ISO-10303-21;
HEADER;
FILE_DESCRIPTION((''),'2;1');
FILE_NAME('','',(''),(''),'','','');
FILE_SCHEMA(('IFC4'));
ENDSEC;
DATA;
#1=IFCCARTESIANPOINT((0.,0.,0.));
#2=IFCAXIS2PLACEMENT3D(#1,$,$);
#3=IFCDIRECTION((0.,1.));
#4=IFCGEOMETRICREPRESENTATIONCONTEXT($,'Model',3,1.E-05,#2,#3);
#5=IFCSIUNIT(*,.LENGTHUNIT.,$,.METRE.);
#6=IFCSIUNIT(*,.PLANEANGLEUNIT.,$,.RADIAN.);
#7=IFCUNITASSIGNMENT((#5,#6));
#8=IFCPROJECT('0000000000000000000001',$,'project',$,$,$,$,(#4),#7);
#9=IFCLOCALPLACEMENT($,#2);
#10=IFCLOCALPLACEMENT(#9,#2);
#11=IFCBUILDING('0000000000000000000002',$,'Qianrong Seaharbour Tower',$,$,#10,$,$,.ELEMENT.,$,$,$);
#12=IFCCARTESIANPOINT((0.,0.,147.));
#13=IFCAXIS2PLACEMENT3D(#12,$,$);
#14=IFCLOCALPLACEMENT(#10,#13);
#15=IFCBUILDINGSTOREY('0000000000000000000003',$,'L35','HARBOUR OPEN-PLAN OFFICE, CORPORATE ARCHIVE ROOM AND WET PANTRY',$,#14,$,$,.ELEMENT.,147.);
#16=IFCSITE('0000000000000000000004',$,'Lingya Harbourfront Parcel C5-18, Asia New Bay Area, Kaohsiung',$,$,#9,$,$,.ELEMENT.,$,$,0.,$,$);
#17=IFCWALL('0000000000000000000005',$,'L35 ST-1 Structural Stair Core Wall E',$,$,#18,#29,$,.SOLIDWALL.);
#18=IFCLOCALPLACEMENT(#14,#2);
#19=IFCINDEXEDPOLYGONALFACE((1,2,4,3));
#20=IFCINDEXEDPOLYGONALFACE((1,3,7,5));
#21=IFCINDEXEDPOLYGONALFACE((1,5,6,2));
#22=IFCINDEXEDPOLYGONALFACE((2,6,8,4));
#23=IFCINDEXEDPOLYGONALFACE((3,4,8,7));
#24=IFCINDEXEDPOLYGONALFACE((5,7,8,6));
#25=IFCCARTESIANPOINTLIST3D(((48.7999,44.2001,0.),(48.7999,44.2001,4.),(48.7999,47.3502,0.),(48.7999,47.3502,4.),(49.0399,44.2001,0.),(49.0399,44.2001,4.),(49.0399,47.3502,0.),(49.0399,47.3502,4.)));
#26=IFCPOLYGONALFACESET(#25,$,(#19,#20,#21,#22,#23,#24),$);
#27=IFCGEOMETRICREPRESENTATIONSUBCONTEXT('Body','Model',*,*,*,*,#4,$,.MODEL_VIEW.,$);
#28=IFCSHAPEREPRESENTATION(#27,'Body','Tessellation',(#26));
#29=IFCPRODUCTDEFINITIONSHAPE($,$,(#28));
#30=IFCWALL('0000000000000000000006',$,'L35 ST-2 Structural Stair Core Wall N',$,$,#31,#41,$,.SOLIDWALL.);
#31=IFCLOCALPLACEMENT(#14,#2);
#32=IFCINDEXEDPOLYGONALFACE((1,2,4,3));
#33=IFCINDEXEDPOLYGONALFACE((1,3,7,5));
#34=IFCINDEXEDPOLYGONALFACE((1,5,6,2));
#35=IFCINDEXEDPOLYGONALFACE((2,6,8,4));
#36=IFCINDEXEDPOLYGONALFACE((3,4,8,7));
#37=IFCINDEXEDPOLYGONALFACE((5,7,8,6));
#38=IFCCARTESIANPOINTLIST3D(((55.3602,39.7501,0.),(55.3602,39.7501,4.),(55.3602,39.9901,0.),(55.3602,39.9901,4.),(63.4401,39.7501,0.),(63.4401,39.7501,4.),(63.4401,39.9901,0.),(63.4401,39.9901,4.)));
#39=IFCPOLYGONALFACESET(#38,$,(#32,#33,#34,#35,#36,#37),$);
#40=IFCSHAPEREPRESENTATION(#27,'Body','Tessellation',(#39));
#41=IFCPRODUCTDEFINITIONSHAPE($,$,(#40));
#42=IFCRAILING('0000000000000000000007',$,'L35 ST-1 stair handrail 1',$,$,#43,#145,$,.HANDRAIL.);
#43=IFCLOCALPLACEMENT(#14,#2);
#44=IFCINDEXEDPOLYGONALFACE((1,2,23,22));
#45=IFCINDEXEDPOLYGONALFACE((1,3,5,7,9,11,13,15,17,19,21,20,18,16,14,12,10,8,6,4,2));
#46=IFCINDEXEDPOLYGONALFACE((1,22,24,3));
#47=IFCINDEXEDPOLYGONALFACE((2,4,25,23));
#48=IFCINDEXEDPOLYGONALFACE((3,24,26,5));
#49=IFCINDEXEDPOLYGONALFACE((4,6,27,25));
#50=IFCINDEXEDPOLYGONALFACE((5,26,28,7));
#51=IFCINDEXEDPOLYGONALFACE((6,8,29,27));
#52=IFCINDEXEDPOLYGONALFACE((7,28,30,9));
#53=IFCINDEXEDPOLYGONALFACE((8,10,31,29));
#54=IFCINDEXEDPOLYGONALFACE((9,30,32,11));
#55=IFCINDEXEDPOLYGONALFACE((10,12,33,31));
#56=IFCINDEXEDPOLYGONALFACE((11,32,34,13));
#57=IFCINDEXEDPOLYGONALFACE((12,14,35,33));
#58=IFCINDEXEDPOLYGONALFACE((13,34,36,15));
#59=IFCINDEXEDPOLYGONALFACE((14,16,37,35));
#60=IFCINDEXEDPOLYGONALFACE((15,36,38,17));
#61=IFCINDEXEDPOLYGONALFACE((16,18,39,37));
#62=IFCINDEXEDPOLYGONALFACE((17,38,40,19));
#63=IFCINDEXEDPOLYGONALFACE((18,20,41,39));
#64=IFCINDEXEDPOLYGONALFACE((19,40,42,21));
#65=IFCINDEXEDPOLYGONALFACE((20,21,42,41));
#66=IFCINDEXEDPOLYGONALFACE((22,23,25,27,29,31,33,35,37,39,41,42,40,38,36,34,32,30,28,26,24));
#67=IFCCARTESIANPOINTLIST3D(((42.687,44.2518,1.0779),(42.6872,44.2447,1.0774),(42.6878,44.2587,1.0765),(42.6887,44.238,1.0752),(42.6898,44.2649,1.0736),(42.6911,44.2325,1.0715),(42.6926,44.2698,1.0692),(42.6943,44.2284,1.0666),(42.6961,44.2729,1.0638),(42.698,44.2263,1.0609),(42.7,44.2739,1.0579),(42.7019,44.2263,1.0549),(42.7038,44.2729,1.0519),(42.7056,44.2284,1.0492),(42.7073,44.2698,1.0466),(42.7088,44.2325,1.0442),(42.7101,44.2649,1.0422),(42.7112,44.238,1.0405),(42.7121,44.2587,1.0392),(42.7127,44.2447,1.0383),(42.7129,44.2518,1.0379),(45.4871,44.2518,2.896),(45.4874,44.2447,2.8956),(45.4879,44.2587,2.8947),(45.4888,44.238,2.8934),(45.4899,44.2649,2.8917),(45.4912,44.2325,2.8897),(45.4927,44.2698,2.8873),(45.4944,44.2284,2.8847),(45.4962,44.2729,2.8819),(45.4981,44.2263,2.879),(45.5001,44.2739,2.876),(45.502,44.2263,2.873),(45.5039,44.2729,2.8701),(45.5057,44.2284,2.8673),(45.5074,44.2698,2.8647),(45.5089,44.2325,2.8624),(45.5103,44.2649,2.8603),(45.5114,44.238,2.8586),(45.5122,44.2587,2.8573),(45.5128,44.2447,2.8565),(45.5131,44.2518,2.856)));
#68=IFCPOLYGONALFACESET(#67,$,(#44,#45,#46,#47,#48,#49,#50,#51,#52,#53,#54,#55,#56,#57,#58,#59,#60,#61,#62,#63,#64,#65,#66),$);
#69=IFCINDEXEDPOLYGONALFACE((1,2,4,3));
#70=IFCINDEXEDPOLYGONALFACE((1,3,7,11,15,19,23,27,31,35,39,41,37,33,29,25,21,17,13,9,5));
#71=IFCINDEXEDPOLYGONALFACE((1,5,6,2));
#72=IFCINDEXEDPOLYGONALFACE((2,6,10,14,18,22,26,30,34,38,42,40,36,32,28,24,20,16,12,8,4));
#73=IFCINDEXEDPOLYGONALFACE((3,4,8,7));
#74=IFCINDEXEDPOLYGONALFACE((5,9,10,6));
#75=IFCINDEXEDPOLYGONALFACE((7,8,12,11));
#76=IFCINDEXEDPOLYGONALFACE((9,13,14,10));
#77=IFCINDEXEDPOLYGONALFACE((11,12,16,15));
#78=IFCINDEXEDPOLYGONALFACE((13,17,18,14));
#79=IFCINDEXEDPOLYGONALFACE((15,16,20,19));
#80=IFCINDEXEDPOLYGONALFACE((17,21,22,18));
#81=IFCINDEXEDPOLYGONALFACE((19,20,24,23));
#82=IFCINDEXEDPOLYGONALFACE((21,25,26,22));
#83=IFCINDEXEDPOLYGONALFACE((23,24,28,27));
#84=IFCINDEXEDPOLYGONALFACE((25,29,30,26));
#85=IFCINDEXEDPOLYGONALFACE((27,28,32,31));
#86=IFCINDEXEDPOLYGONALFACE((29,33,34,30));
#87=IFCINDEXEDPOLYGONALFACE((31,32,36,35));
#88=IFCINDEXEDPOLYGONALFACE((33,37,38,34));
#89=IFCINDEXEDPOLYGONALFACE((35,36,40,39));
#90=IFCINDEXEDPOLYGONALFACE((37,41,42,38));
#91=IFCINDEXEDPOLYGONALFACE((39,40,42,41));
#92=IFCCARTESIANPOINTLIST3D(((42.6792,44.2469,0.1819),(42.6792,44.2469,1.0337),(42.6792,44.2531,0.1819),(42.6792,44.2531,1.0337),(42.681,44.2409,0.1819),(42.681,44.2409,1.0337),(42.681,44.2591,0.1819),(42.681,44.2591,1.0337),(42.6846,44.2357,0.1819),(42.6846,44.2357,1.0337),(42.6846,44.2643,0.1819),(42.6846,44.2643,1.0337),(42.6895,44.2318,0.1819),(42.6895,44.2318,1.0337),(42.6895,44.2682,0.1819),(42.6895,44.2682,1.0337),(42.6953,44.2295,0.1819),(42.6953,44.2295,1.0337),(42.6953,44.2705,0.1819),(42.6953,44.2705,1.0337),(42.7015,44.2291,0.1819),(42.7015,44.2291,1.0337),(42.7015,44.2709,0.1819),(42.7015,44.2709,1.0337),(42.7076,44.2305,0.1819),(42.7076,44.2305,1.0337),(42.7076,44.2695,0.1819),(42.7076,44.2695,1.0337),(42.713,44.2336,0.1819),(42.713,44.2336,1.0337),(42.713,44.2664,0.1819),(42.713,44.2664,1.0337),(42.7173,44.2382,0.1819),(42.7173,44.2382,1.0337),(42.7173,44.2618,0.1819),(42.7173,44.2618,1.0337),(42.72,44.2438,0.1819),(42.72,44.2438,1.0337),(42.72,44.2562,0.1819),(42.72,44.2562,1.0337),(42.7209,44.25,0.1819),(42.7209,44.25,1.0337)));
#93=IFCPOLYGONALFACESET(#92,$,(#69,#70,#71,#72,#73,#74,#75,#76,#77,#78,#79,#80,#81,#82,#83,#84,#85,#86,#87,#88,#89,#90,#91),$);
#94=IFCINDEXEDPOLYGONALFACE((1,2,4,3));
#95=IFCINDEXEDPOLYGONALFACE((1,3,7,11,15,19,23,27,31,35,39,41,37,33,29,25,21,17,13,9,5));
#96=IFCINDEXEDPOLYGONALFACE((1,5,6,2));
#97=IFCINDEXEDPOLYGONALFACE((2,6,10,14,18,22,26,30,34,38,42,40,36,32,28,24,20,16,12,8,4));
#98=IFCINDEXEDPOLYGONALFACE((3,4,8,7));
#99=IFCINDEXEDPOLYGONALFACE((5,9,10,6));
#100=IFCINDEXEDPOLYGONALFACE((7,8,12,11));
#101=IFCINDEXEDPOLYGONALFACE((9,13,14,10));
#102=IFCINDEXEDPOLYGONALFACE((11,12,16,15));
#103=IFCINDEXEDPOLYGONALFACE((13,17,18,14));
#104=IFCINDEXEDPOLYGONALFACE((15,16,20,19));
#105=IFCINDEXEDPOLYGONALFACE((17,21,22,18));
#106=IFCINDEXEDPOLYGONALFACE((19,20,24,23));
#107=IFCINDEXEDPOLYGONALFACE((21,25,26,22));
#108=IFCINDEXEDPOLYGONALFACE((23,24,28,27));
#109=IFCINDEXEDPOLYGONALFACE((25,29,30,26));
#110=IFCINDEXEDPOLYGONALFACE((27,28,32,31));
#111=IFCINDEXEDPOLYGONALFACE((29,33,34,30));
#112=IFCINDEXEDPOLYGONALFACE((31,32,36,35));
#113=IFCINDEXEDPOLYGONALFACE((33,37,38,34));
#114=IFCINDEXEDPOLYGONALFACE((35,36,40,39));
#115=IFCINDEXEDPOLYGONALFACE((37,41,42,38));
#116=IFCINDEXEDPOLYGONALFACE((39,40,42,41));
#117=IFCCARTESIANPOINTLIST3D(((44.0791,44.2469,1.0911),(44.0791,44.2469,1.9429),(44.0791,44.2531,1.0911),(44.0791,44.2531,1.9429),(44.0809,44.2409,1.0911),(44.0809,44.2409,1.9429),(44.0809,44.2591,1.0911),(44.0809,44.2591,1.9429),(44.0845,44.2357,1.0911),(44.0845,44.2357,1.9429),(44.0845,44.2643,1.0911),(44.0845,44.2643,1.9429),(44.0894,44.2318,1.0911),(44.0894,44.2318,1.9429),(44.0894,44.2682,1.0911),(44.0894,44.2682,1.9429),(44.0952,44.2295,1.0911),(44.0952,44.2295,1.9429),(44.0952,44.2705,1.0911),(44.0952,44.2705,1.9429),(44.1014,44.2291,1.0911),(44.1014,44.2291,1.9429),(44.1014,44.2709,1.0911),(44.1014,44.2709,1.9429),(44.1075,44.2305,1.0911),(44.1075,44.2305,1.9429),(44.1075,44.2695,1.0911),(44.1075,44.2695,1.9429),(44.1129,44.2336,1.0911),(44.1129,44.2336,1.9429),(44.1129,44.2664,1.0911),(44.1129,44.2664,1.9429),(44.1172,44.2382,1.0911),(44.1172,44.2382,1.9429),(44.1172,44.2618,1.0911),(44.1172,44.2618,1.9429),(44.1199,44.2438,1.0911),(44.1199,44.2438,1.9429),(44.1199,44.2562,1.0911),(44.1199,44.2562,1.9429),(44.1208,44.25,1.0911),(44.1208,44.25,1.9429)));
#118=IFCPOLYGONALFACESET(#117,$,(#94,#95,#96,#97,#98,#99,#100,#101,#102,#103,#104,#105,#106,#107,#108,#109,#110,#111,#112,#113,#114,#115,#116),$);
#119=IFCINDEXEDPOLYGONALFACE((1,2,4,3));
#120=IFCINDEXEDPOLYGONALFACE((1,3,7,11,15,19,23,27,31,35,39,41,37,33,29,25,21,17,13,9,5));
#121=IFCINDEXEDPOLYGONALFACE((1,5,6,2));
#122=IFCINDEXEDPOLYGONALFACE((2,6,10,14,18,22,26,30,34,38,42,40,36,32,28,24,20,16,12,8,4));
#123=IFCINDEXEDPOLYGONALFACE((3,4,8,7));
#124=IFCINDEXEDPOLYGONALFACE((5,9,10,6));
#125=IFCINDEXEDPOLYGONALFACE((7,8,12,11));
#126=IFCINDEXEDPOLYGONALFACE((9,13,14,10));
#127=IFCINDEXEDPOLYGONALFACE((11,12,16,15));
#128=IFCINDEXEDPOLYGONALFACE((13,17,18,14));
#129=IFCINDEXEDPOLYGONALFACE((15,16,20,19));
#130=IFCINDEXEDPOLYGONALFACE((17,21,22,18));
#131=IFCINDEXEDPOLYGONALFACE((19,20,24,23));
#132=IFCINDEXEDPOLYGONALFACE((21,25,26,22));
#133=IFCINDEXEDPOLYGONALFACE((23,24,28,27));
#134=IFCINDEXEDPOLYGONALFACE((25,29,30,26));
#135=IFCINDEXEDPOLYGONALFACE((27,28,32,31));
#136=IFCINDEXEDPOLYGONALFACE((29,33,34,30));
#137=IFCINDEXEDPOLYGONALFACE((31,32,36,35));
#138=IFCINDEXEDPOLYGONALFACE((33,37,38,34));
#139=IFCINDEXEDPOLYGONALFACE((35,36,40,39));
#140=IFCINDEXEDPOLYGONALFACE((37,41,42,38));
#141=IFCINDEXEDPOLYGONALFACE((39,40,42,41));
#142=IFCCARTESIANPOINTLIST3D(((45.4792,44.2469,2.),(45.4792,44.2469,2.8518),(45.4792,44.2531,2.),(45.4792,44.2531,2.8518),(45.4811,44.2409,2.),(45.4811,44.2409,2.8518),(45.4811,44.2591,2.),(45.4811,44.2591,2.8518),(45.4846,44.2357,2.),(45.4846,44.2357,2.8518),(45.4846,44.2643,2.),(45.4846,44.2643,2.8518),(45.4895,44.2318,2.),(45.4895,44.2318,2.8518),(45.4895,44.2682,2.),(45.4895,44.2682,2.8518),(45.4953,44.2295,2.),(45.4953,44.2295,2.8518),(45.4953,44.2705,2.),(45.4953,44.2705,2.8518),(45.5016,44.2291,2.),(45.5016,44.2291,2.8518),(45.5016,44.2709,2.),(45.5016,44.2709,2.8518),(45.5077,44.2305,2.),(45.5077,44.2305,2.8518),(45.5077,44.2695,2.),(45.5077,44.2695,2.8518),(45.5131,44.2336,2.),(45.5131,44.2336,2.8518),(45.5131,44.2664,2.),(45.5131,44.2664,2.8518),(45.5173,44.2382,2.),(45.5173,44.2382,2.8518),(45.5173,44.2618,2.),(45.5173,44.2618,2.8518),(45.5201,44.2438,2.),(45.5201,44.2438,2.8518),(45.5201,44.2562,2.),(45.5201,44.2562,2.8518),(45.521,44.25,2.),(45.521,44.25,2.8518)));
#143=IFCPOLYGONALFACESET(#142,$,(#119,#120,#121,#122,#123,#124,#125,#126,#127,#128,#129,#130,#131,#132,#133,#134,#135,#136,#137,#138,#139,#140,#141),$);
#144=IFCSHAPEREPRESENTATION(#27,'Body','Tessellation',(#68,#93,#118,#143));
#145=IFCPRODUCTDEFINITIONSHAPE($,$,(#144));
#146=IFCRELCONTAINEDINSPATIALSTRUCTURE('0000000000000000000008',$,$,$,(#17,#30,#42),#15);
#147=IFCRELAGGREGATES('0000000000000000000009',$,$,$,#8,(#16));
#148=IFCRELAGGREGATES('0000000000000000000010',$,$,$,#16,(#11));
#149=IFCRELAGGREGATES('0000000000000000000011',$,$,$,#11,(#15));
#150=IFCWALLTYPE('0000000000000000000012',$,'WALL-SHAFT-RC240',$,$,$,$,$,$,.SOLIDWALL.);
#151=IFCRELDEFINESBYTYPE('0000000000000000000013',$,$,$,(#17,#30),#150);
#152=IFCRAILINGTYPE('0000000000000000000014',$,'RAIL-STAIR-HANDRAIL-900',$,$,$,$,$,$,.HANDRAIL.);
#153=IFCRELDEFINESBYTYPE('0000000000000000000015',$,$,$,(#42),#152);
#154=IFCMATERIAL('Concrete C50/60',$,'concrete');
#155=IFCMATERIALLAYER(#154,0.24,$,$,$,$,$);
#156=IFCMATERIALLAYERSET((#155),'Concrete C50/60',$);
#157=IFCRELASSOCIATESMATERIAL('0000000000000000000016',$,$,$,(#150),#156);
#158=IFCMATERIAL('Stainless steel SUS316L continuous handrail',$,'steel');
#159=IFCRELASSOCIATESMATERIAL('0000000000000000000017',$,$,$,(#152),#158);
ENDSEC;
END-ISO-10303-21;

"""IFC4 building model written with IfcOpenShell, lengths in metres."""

from ifc_helpers import new_model, si_unit, direction, frame, frame_2d, origin, origin_2d, place, context, subcontext, project, spatial, rectangle, circle, extrude, material, layer, layer_set, type_object, element, save


model = new_model("IFC4")

# Units and contexts
model_context = context("Model", 3, precision=1e-05, world=origin(), true_north=direction((0.0, 1.0)))
body_context = subcontext(model_context, "Body", "Model", "MODEL_VIEW")
ifc_project = project(units=[si_unit("LENGTHUNIT", "METRE"), si_unit("PLANEANGLEUNIT", "RADIAN")], contexts=[model_context])

# Site, building, storey
site_placement = place(None, origin())
site = spatial("IfcSite", under=ifc_project, at=site_placement, Name="Lingya Harbourfront Parcel C5-18, Asia New Bay Area, Kaohsiung", CompositionType="ELEMENT", RefElevation=0.0)
building_placement = place(site_placement, origin())
building = spatial("IfcBuilding", under=site, at=building_placement, Name="Qianrong Seaharbour Tower", CompositionType="ELEMENT")
storey_placement = place(building_placement, frame((0.0, 0.0, 147.0)))
storey = spatial("IfcBuildingStorey", under=building, at=storey_placement, Name="L35", Description="HARBOUR OPEN-PLAN OFFICE, CORPORATE ARCHIVE ROOM AND WET PANTRY", CompositionType="ELEMENT", Elevation=147.0)

# Walls
ifc_material_1 = material(Name="Concrete C50/60", Category="concrete")
ifc_layer_1 = layer(ifc_material_1, 0.24)
ifc_layer_set_1 = layer_set([ifc_layer_1], Name="Concrete C50/60")
wall_type_1 = type_object("IfcWallType", Name="WALL-SHAFT-RC240", PredefinedType="SOLIDWALL", material=ifc_layer_set_1)
wall_1_placement = place(storey_placement, frame((48.9199, 44.2, 0.0), z_axis=(0.0, 0.0, 1.0), x_axis=(0.0, 1.0, 0.0)))
element("IfcWall", 1, at=wall_1_placement, inside=storey, type_object=wall_type_1, Name="L35 ST-1 Structural Stair Core Wall E", PredefinedType="SOLIDWALL", context=body_context, shape_type="SweptSolid", body=[
    extrude(rectangle(XDim=3.1501, YDim=0.24, at=frame_2d((1.5752, 0.0))), origin(), (0.0, 0.0, 1.0), 4.0),
])
wall_2_placement = place(storey_placement, frame((55.3601, 39.8701, 0.0), z_axis=(0.0, 0.0, 1.0), x_axis=(1.0, 0.0, 0.0)))
element("IfcWall", 2, at=wall_2_placement, inside=storey, type_object=wall_type_1, Name="L35 ST-2 Structural Stair Core Wall N", PredefinedType="SOLIDWALL", context=body_context, shape_type="SweptSolid", body=[
    extrude(rectangle(XDim=8.0798, YDim=0.24, at=frame_2d((4.04, 0.0))), origin(), (0.0, 0.0, 1.0), 4.0),
])

# Railing
ifc_material_2 = material(Name="Stainless steel SUS316L continuous handrail", Category="steel")
railing_type = type_object("IfcRailingType", Name="RAIL-STAIR-HANDRAIL-900", PredefinedType="HANDRAIL", material=ifc_material_2)
railing_placement = place(storey_placement, frame((42.7, 44.25, 0.1819)))
element("IfcRailing", 3, at=railing_placement, inside=storey, type_object=railing_type, Name="L35 ST-1 stair handrail 1", PredefinedType="HANDRAIL", context=body_context, shape_type="SweptSolid", body=[
    extrude(circle(Radius=0.0239, at=origin_2d()), frame((0.0, 0.0, 0.876), z_axis=(0.838706, 0.0, 0.544585), x_axis=(0.0, 1.0, 0.0)), (0.0, 0.0, 1.0), 3.3386),
    extrude(circle(Radius=0.021, at=origin_2d()), origin(), (0.0, 0.0, 1.0), 0.8518),
    extrude(circle(Radius=0.021, at=origin_2d()), frame((1.3999, 0.0, 0.9092)), (0.0, 0.0, 1.0), 0.8518),
    extrude(circle(Radius=0.021, at=origin_2d()), frame((2.8, 0.0, 1.8181)), (0.0, 0.0, 1.0), 0.8518),
])

save(model, "model.ifc")
